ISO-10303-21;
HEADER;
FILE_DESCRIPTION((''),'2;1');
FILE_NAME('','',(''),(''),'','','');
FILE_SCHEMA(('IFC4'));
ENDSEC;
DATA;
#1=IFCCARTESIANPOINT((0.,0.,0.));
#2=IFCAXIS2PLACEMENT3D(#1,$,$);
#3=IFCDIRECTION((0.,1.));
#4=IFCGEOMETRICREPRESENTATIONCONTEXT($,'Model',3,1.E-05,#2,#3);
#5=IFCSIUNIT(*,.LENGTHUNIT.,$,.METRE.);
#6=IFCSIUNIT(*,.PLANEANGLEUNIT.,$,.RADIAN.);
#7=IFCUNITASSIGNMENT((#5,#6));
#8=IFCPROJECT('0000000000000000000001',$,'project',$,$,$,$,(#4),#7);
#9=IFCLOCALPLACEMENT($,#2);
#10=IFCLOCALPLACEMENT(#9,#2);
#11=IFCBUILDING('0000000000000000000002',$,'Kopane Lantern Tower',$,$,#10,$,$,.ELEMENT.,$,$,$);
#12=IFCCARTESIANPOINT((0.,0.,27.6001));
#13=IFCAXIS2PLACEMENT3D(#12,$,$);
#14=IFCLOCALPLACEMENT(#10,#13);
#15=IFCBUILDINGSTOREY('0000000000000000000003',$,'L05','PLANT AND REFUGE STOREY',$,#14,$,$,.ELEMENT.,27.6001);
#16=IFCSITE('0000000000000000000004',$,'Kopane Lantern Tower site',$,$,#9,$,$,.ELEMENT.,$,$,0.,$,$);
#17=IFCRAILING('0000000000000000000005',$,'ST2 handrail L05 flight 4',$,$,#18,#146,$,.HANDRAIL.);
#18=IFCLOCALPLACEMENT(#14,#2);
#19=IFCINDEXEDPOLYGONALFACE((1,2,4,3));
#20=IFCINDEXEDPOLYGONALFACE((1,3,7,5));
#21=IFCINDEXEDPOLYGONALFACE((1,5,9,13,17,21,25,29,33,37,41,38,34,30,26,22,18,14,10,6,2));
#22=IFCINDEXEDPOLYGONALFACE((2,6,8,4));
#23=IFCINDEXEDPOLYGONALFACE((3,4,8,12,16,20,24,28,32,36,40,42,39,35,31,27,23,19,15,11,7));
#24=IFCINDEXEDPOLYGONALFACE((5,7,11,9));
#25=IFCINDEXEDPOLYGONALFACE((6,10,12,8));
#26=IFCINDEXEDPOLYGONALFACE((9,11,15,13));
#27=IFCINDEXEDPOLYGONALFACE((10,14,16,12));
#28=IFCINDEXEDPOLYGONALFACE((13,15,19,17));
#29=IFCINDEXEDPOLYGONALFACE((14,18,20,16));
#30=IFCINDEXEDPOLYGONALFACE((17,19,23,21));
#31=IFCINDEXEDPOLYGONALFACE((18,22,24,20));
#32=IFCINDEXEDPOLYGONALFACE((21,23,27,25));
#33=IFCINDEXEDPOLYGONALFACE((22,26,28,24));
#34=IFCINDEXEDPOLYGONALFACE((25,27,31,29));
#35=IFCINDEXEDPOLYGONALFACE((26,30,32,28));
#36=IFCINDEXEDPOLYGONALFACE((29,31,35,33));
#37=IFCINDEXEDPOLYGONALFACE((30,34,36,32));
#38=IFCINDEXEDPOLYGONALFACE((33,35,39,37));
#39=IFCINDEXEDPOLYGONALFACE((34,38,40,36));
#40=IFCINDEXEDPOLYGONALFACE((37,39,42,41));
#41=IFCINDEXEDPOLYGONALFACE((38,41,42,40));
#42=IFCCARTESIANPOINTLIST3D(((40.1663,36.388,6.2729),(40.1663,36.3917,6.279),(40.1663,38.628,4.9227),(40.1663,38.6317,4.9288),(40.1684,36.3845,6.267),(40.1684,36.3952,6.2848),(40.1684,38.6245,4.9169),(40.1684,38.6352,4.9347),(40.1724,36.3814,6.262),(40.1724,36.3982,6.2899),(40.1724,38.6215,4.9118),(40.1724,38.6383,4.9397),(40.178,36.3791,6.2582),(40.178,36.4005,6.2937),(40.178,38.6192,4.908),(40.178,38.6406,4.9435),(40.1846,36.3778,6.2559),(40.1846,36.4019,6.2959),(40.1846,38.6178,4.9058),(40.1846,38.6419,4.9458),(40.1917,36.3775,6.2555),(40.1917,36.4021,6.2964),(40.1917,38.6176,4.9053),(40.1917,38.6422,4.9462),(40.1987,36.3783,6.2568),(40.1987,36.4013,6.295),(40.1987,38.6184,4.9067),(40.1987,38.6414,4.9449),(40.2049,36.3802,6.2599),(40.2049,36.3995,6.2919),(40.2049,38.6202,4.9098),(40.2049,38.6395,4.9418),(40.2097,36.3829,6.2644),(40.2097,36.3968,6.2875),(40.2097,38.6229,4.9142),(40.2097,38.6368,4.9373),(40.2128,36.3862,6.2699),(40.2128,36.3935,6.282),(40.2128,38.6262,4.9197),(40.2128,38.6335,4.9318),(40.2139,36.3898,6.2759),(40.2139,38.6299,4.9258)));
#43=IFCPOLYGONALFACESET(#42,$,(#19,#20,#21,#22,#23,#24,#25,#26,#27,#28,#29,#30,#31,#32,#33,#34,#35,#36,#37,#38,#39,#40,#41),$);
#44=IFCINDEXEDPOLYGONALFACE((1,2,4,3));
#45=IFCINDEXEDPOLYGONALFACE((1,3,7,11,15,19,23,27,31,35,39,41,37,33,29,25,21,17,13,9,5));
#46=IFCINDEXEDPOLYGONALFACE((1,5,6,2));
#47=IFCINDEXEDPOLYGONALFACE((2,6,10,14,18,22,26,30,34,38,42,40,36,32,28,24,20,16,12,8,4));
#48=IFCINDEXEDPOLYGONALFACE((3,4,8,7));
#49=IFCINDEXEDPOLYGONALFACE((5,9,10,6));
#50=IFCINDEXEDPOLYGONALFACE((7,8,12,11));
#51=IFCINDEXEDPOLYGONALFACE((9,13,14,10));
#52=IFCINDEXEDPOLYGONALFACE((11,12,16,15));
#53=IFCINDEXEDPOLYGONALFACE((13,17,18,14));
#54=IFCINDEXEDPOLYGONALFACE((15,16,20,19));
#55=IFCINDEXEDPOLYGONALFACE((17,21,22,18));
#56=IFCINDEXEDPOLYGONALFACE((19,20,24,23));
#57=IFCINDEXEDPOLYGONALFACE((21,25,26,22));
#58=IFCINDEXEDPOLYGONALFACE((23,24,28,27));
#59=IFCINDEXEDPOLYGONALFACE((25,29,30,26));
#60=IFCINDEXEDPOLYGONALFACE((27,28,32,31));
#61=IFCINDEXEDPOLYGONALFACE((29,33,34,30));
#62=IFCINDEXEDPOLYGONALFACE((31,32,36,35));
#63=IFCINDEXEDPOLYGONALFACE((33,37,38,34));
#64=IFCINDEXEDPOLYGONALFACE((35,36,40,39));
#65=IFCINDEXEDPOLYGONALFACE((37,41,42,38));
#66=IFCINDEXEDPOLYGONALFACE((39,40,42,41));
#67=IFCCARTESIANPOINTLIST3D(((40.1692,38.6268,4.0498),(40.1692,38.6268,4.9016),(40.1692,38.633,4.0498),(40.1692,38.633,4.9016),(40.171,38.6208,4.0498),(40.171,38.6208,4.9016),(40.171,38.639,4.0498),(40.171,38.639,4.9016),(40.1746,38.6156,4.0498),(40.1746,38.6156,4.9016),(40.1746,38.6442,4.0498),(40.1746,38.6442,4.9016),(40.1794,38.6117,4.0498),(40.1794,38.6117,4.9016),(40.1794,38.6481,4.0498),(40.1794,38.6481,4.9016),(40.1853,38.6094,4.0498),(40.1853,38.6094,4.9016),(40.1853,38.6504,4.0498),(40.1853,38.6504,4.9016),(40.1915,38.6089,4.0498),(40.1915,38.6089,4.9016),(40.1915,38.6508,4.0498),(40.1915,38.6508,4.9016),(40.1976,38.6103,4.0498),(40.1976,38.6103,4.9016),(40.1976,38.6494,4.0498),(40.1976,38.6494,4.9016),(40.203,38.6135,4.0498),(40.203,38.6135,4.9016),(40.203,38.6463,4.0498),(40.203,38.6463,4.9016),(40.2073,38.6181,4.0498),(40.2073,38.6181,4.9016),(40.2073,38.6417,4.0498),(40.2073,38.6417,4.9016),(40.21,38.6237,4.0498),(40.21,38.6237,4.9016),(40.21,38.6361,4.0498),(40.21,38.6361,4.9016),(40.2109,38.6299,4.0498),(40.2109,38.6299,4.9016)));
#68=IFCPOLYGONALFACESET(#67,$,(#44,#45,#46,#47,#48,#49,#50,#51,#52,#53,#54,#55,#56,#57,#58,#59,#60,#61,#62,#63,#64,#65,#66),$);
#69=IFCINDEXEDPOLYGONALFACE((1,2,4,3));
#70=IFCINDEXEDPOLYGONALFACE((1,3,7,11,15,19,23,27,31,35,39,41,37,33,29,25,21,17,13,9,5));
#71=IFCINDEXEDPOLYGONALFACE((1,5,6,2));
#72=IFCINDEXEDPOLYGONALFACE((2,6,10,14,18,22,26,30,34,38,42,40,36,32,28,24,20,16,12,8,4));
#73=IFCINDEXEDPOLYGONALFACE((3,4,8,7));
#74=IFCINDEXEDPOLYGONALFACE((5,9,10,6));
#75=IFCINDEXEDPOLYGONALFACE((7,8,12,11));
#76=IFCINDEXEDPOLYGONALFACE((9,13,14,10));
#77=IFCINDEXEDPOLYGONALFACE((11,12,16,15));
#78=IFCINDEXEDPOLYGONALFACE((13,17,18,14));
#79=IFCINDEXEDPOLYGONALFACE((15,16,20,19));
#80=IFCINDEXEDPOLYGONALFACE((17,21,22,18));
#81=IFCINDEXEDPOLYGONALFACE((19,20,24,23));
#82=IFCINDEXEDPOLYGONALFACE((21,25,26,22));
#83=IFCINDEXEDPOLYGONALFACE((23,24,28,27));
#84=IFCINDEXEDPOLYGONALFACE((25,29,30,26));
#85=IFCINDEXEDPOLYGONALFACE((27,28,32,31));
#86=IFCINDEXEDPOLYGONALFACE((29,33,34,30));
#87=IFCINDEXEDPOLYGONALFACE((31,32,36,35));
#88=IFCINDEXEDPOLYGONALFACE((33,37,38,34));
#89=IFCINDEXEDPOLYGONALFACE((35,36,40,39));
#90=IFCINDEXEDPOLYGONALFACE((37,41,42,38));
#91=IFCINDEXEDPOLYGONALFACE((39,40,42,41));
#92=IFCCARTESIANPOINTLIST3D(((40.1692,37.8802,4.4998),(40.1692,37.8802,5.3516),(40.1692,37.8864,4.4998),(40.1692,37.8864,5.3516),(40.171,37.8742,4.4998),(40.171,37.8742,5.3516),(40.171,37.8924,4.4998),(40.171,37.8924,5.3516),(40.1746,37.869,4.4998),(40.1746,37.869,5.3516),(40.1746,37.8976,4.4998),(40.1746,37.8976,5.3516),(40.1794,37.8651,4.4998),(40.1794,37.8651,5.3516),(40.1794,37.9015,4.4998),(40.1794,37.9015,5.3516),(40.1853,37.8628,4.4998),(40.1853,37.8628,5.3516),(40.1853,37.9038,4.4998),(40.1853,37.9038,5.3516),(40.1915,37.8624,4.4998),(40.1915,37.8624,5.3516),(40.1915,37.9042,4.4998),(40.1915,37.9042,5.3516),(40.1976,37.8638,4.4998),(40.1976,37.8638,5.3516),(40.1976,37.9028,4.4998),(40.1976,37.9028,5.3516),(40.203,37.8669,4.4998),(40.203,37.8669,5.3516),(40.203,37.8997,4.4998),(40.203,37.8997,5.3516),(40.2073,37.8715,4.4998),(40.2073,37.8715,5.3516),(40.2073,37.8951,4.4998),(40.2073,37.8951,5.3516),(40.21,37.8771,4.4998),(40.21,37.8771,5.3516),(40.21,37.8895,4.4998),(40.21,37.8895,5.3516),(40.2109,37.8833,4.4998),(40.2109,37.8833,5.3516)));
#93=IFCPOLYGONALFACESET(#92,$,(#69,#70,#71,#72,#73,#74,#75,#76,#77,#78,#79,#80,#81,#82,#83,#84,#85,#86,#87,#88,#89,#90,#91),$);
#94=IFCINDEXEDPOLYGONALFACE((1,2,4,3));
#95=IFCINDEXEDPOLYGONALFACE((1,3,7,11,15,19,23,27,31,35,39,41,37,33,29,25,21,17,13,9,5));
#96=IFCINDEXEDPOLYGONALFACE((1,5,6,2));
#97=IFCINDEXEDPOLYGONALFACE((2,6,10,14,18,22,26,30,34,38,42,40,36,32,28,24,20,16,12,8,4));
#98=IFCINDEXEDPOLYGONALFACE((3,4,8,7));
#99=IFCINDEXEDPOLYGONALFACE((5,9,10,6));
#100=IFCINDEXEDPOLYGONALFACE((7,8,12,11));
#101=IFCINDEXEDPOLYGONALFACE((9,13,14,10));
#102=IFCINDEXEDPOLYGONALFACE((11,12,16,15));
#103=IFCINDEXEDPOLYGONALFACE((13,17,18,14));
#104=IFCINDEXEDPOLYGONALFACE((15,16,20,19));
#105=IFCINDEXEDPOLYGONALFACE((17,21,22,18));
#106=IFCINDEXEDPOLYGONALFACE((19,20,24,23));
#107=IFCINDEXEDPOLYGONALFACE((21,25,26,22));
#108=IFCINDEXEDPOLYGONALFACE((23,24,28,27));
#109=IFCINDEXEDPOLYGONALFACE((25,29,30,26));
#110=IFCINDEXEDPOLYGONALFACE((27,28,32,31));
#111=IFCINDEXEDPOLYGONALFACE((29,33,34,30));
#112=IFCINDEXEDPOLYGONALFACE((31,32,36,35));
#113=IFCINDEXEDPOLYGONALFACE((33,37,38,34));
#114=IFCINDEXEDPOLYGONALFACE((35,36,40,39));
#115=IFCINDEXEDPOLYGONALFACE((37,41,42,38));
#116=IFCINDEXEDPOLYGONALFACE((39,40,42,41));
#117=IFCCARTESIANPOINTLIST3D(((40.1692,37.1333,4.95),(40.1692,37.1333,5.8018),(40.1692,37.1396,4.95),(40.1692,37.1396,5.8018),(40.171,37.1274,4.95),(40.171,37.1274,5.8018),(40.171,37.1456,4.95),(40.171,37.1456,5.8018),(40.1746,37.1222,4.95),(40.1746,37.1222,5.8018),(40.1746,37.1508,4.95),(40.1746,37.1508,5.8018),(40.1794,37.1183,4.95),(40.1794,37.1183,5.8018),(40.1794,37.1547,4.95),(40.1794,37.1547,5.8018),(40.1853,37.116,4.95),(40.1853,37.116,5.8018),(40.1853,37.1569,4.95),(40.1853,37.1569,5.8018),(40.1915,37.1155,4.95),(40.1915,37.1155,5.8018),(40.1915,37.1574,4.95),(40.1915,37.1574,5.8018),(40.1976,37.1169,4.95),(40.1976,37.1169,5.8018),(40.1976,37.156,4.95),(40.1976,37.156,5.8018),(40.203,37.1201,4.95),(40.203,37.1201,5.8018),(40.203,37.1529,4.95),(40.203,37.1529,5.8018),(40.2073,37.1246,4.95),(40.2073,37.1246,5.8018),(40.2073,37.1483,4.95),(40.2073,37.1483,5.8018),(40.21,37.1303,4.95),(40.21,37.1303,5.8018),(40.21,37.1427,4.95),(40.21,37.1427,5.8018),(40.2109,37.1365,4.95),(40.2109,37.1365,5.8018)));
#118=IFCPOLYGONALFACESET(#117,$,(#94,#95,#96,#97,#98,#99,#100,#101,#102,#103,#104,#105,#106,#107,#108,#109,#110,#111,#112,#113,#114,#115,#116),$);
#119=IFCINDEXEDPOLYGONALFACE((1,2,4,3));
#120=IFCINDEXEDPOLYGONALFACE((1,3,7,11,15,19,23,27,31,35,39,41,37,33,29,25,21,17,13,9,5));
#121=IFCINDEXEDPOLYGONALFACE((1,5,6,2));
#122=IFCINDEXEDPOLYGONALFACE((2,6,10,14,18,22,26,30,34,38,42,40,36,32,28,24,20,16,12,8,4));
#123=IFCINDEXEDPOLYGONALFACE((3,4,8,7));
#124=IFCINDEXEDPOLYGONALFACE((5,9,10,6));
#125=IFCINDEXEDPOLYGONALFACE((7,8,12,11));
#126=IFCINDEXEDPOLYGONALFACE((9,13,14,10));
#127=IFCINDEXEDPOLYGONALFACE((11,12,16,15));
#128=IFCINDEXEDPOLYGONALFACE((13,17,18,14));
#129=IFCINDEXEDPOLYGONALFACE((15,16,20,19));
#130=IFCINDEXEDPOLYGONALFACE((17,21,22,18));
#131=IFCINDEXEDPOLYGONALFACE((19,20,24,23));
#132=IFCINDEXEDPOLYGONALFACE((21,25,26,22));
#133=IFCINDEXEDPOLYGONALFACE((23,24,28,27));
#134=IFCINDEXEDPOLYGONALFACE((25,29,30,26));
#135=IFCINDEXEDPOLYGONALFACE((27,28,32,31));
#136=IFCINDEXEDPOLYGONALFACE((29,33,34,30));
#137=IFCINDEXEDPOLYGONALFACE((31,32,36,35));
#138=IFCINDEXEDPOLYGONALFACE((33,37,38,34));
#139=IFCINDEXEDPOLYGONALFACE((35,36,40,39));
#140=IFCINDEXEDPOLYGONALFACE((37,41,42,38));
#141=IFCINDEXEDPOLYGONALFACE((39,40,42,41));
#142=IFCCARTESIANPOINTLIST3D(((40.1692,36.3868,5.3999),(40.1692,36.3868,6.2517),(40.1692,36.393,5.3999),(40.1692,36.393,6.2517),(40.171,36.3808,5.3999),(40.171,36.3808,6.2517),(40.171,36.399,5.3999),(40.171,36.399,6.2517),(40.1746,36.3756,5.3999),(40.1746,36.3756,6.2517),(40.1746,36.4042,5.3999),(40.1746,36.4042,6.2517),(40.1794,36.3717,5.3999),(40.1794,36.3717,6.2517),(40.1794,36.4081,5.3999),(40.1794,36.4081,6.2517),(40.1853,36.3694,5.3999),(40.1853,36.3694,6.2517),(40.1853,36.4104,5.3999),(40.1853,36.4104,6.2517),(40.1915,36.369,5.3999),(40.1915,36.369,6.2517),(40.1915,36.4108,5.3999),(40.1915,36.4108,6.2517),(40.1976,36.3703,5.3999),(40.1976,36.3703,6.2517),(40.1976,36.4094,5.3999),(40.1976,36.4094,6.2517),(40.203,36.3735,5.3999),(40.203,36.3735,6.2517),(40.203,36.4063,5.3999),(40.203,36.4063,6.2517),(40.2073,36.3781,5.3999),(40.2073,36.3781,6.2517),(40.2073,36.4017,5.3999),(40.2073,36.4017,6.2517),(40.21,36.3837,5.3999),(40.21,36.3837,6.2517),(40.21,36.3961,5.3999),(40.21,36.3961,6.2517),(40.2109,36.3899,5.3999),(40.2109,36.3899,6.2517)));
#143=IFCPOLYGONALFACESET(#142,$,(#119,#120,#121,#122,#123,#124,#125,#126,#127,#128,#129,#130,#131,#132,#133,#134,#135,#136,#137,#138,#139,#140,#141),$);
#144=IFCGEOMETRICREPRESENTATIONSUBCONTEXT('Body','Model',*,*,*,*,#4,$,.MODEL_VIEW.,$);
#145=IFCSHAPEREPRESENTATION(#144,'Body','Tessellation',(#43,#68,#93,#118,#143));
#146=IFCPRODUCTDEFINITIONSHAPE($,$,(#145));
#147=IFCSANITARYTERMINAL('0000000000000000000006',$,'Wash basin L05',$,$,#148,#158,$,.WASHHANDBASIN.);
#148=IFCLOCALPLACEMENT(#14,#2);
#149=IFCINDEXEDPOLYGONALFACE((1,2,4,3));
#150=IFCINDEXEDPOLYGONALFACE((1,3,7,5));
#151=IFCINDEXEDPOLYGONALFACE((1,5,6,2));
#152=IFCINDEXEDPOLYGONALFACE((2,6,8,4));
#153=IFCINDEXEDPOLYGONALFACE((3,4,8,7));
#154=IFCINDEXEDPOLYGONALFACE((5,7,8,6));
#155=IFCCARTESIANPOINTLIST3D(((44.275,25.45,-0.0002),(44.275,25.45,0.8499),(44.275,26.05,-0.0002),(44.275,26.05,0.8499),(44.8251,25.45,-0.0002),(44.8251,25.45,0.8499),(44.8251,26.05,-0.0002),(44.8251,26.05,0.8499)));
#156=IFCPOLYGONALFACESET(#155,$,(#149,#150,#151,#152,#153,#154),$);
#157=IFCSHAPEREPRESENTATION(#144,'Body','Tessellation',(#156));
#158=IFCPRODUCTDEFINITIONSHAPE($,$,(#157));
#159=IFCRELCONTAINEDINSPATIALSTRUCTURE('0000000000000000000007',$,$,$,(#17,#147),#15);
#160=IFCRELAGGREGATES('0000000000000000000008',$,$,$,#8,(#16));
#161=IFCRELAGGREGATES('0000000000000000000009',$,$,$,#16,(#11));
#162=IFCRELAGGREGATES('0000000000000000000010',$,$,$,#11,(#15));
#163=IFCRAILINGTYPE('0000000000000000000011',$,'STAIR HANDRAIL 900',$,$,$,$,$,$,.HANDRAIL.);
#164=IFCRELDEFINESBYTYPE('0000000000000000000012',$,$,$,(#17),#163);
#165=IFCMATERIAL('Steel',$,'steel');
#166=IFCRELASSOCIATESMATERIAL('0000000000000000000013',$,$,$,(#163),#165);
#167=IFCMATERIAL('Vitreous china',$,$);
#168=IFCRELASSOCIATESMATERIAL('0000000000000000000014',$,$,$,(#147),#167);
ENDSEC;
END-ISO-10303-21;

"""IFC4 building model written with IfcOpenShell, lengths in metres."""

from ifc_helpers import new_model, si_unit, direction, frame, origin, origin_2d, place, context, subcontext, project, spatial, rectangle, circle, extrude, material, type_object, element, save


model = new_model("IFC4")

# Units and contexts
model_context = context("Model", 3, precision=1e-05, world=origin(), true_north=direction((0.0, 1.0)))
body_context = subcontext(model_context, "Body", "Model", "MODEL_VIEW")
ifc_project = project(units=[si_unit("LENGTHUNIT", "METRE"), si_unit("PLANEANGLEUNIT", "RADIAN")], contexts=[model_context])

# Site, building, storey
site_placement = place(None, origin())
site = spatial("IfcSite", under=ifc_project, at=site_placement, Name="Kopane Lantern Tower site", CompositionType="ELEMENT", RefElevation=0.0)
building_placement = place(site_placement, origin())
building = spatial("IfcBuilding", under=site, at=building_placement, Name="Kopane Lantern Tower", CompositionType="ELEMENT")
storey_placement = place(building_placement, frame((0.0, 0.0, 27.6001)))
storey = spatial("IfcBuildingStorey", under=building, at=storey_placement, Name="L05", Description="PLANT AND REFUGE STOREY", CompositionType="ELEMENT", Elevation=27.6001)

# Railing
ifc_material_1 = material(Name="Steel", Category="steel")
railing_type = type_object("IfcRailingType", Name="STAIR HANDRAIL 900", PredefinedType="HANDRAIL", material=ifc_material_1)
railing_placement = place(storey_placement, frame((40.1899, 38.6299, 4.0498)))
element("IfcRailing", 1, at=railing_placement, inside=storey, type_object=railing_type, Name="ST2 handrail L05 flight 4", PredefinedType="HANDRAIL", context=body_context, shape_type="SweptSolid", body=[
    extrude(circle(Radius=0.0239, at=origin_2d()), frame((0.0, 0.0, 0.876), z_axis=(0.0, -0.856462, 0.516211), x_axis=(1.0, 0.0, 0.0)), (0.0, 0.0, 1.0), 2.6155),
    extrude(circle(Radius=0.021, at=origin_2d()), origin(), (0.0, 0.0, 1.0), 0.8518),
    extrude(circle(Radius=0.021, at=origin_2d()), frame((0.0, -0.7466, 0.45)), (0.0, 0.0, 1.0), 0.8518),
    extrude(circle(Radius=0.021, at=origin_2d()), frame((0.0, -1.4934, 0.9001)), (0.0, 0.0, 1.0), 0.8518),
    extrude(circle(Radius=0.021, at=origin_2d()), frame((0.0, -2.24, 1.3501)), (0.0, 0.0, 1.0), 0.8518),
])

# Sanitary terminal
ifc_material_2 = material(Name="Vitreous china")
sanitary_terminal_placement = place(storey_placement, frame((44.55, 25.75, -0.0002), z_axis=(0.0, 0.0, 1.0), x_axis=(1.0, 0.0, 0.0)))
element("IfcSanitaryTerminal", 2, at=sanitary_terminal_placement, inside=storey, material=ifc_material_2, Name="Wash basin L05", PredefinedType="WASHHANDBASIN", context=body_context, shape_type="SweptSolid", body=[
    extrude(rectangle(XDim=0.55, YDim=0.6001, at=origin_2d()), origin(), (0.0, 0.0, 1.0), 0.8501),
])

save(model, "model.ifc")
